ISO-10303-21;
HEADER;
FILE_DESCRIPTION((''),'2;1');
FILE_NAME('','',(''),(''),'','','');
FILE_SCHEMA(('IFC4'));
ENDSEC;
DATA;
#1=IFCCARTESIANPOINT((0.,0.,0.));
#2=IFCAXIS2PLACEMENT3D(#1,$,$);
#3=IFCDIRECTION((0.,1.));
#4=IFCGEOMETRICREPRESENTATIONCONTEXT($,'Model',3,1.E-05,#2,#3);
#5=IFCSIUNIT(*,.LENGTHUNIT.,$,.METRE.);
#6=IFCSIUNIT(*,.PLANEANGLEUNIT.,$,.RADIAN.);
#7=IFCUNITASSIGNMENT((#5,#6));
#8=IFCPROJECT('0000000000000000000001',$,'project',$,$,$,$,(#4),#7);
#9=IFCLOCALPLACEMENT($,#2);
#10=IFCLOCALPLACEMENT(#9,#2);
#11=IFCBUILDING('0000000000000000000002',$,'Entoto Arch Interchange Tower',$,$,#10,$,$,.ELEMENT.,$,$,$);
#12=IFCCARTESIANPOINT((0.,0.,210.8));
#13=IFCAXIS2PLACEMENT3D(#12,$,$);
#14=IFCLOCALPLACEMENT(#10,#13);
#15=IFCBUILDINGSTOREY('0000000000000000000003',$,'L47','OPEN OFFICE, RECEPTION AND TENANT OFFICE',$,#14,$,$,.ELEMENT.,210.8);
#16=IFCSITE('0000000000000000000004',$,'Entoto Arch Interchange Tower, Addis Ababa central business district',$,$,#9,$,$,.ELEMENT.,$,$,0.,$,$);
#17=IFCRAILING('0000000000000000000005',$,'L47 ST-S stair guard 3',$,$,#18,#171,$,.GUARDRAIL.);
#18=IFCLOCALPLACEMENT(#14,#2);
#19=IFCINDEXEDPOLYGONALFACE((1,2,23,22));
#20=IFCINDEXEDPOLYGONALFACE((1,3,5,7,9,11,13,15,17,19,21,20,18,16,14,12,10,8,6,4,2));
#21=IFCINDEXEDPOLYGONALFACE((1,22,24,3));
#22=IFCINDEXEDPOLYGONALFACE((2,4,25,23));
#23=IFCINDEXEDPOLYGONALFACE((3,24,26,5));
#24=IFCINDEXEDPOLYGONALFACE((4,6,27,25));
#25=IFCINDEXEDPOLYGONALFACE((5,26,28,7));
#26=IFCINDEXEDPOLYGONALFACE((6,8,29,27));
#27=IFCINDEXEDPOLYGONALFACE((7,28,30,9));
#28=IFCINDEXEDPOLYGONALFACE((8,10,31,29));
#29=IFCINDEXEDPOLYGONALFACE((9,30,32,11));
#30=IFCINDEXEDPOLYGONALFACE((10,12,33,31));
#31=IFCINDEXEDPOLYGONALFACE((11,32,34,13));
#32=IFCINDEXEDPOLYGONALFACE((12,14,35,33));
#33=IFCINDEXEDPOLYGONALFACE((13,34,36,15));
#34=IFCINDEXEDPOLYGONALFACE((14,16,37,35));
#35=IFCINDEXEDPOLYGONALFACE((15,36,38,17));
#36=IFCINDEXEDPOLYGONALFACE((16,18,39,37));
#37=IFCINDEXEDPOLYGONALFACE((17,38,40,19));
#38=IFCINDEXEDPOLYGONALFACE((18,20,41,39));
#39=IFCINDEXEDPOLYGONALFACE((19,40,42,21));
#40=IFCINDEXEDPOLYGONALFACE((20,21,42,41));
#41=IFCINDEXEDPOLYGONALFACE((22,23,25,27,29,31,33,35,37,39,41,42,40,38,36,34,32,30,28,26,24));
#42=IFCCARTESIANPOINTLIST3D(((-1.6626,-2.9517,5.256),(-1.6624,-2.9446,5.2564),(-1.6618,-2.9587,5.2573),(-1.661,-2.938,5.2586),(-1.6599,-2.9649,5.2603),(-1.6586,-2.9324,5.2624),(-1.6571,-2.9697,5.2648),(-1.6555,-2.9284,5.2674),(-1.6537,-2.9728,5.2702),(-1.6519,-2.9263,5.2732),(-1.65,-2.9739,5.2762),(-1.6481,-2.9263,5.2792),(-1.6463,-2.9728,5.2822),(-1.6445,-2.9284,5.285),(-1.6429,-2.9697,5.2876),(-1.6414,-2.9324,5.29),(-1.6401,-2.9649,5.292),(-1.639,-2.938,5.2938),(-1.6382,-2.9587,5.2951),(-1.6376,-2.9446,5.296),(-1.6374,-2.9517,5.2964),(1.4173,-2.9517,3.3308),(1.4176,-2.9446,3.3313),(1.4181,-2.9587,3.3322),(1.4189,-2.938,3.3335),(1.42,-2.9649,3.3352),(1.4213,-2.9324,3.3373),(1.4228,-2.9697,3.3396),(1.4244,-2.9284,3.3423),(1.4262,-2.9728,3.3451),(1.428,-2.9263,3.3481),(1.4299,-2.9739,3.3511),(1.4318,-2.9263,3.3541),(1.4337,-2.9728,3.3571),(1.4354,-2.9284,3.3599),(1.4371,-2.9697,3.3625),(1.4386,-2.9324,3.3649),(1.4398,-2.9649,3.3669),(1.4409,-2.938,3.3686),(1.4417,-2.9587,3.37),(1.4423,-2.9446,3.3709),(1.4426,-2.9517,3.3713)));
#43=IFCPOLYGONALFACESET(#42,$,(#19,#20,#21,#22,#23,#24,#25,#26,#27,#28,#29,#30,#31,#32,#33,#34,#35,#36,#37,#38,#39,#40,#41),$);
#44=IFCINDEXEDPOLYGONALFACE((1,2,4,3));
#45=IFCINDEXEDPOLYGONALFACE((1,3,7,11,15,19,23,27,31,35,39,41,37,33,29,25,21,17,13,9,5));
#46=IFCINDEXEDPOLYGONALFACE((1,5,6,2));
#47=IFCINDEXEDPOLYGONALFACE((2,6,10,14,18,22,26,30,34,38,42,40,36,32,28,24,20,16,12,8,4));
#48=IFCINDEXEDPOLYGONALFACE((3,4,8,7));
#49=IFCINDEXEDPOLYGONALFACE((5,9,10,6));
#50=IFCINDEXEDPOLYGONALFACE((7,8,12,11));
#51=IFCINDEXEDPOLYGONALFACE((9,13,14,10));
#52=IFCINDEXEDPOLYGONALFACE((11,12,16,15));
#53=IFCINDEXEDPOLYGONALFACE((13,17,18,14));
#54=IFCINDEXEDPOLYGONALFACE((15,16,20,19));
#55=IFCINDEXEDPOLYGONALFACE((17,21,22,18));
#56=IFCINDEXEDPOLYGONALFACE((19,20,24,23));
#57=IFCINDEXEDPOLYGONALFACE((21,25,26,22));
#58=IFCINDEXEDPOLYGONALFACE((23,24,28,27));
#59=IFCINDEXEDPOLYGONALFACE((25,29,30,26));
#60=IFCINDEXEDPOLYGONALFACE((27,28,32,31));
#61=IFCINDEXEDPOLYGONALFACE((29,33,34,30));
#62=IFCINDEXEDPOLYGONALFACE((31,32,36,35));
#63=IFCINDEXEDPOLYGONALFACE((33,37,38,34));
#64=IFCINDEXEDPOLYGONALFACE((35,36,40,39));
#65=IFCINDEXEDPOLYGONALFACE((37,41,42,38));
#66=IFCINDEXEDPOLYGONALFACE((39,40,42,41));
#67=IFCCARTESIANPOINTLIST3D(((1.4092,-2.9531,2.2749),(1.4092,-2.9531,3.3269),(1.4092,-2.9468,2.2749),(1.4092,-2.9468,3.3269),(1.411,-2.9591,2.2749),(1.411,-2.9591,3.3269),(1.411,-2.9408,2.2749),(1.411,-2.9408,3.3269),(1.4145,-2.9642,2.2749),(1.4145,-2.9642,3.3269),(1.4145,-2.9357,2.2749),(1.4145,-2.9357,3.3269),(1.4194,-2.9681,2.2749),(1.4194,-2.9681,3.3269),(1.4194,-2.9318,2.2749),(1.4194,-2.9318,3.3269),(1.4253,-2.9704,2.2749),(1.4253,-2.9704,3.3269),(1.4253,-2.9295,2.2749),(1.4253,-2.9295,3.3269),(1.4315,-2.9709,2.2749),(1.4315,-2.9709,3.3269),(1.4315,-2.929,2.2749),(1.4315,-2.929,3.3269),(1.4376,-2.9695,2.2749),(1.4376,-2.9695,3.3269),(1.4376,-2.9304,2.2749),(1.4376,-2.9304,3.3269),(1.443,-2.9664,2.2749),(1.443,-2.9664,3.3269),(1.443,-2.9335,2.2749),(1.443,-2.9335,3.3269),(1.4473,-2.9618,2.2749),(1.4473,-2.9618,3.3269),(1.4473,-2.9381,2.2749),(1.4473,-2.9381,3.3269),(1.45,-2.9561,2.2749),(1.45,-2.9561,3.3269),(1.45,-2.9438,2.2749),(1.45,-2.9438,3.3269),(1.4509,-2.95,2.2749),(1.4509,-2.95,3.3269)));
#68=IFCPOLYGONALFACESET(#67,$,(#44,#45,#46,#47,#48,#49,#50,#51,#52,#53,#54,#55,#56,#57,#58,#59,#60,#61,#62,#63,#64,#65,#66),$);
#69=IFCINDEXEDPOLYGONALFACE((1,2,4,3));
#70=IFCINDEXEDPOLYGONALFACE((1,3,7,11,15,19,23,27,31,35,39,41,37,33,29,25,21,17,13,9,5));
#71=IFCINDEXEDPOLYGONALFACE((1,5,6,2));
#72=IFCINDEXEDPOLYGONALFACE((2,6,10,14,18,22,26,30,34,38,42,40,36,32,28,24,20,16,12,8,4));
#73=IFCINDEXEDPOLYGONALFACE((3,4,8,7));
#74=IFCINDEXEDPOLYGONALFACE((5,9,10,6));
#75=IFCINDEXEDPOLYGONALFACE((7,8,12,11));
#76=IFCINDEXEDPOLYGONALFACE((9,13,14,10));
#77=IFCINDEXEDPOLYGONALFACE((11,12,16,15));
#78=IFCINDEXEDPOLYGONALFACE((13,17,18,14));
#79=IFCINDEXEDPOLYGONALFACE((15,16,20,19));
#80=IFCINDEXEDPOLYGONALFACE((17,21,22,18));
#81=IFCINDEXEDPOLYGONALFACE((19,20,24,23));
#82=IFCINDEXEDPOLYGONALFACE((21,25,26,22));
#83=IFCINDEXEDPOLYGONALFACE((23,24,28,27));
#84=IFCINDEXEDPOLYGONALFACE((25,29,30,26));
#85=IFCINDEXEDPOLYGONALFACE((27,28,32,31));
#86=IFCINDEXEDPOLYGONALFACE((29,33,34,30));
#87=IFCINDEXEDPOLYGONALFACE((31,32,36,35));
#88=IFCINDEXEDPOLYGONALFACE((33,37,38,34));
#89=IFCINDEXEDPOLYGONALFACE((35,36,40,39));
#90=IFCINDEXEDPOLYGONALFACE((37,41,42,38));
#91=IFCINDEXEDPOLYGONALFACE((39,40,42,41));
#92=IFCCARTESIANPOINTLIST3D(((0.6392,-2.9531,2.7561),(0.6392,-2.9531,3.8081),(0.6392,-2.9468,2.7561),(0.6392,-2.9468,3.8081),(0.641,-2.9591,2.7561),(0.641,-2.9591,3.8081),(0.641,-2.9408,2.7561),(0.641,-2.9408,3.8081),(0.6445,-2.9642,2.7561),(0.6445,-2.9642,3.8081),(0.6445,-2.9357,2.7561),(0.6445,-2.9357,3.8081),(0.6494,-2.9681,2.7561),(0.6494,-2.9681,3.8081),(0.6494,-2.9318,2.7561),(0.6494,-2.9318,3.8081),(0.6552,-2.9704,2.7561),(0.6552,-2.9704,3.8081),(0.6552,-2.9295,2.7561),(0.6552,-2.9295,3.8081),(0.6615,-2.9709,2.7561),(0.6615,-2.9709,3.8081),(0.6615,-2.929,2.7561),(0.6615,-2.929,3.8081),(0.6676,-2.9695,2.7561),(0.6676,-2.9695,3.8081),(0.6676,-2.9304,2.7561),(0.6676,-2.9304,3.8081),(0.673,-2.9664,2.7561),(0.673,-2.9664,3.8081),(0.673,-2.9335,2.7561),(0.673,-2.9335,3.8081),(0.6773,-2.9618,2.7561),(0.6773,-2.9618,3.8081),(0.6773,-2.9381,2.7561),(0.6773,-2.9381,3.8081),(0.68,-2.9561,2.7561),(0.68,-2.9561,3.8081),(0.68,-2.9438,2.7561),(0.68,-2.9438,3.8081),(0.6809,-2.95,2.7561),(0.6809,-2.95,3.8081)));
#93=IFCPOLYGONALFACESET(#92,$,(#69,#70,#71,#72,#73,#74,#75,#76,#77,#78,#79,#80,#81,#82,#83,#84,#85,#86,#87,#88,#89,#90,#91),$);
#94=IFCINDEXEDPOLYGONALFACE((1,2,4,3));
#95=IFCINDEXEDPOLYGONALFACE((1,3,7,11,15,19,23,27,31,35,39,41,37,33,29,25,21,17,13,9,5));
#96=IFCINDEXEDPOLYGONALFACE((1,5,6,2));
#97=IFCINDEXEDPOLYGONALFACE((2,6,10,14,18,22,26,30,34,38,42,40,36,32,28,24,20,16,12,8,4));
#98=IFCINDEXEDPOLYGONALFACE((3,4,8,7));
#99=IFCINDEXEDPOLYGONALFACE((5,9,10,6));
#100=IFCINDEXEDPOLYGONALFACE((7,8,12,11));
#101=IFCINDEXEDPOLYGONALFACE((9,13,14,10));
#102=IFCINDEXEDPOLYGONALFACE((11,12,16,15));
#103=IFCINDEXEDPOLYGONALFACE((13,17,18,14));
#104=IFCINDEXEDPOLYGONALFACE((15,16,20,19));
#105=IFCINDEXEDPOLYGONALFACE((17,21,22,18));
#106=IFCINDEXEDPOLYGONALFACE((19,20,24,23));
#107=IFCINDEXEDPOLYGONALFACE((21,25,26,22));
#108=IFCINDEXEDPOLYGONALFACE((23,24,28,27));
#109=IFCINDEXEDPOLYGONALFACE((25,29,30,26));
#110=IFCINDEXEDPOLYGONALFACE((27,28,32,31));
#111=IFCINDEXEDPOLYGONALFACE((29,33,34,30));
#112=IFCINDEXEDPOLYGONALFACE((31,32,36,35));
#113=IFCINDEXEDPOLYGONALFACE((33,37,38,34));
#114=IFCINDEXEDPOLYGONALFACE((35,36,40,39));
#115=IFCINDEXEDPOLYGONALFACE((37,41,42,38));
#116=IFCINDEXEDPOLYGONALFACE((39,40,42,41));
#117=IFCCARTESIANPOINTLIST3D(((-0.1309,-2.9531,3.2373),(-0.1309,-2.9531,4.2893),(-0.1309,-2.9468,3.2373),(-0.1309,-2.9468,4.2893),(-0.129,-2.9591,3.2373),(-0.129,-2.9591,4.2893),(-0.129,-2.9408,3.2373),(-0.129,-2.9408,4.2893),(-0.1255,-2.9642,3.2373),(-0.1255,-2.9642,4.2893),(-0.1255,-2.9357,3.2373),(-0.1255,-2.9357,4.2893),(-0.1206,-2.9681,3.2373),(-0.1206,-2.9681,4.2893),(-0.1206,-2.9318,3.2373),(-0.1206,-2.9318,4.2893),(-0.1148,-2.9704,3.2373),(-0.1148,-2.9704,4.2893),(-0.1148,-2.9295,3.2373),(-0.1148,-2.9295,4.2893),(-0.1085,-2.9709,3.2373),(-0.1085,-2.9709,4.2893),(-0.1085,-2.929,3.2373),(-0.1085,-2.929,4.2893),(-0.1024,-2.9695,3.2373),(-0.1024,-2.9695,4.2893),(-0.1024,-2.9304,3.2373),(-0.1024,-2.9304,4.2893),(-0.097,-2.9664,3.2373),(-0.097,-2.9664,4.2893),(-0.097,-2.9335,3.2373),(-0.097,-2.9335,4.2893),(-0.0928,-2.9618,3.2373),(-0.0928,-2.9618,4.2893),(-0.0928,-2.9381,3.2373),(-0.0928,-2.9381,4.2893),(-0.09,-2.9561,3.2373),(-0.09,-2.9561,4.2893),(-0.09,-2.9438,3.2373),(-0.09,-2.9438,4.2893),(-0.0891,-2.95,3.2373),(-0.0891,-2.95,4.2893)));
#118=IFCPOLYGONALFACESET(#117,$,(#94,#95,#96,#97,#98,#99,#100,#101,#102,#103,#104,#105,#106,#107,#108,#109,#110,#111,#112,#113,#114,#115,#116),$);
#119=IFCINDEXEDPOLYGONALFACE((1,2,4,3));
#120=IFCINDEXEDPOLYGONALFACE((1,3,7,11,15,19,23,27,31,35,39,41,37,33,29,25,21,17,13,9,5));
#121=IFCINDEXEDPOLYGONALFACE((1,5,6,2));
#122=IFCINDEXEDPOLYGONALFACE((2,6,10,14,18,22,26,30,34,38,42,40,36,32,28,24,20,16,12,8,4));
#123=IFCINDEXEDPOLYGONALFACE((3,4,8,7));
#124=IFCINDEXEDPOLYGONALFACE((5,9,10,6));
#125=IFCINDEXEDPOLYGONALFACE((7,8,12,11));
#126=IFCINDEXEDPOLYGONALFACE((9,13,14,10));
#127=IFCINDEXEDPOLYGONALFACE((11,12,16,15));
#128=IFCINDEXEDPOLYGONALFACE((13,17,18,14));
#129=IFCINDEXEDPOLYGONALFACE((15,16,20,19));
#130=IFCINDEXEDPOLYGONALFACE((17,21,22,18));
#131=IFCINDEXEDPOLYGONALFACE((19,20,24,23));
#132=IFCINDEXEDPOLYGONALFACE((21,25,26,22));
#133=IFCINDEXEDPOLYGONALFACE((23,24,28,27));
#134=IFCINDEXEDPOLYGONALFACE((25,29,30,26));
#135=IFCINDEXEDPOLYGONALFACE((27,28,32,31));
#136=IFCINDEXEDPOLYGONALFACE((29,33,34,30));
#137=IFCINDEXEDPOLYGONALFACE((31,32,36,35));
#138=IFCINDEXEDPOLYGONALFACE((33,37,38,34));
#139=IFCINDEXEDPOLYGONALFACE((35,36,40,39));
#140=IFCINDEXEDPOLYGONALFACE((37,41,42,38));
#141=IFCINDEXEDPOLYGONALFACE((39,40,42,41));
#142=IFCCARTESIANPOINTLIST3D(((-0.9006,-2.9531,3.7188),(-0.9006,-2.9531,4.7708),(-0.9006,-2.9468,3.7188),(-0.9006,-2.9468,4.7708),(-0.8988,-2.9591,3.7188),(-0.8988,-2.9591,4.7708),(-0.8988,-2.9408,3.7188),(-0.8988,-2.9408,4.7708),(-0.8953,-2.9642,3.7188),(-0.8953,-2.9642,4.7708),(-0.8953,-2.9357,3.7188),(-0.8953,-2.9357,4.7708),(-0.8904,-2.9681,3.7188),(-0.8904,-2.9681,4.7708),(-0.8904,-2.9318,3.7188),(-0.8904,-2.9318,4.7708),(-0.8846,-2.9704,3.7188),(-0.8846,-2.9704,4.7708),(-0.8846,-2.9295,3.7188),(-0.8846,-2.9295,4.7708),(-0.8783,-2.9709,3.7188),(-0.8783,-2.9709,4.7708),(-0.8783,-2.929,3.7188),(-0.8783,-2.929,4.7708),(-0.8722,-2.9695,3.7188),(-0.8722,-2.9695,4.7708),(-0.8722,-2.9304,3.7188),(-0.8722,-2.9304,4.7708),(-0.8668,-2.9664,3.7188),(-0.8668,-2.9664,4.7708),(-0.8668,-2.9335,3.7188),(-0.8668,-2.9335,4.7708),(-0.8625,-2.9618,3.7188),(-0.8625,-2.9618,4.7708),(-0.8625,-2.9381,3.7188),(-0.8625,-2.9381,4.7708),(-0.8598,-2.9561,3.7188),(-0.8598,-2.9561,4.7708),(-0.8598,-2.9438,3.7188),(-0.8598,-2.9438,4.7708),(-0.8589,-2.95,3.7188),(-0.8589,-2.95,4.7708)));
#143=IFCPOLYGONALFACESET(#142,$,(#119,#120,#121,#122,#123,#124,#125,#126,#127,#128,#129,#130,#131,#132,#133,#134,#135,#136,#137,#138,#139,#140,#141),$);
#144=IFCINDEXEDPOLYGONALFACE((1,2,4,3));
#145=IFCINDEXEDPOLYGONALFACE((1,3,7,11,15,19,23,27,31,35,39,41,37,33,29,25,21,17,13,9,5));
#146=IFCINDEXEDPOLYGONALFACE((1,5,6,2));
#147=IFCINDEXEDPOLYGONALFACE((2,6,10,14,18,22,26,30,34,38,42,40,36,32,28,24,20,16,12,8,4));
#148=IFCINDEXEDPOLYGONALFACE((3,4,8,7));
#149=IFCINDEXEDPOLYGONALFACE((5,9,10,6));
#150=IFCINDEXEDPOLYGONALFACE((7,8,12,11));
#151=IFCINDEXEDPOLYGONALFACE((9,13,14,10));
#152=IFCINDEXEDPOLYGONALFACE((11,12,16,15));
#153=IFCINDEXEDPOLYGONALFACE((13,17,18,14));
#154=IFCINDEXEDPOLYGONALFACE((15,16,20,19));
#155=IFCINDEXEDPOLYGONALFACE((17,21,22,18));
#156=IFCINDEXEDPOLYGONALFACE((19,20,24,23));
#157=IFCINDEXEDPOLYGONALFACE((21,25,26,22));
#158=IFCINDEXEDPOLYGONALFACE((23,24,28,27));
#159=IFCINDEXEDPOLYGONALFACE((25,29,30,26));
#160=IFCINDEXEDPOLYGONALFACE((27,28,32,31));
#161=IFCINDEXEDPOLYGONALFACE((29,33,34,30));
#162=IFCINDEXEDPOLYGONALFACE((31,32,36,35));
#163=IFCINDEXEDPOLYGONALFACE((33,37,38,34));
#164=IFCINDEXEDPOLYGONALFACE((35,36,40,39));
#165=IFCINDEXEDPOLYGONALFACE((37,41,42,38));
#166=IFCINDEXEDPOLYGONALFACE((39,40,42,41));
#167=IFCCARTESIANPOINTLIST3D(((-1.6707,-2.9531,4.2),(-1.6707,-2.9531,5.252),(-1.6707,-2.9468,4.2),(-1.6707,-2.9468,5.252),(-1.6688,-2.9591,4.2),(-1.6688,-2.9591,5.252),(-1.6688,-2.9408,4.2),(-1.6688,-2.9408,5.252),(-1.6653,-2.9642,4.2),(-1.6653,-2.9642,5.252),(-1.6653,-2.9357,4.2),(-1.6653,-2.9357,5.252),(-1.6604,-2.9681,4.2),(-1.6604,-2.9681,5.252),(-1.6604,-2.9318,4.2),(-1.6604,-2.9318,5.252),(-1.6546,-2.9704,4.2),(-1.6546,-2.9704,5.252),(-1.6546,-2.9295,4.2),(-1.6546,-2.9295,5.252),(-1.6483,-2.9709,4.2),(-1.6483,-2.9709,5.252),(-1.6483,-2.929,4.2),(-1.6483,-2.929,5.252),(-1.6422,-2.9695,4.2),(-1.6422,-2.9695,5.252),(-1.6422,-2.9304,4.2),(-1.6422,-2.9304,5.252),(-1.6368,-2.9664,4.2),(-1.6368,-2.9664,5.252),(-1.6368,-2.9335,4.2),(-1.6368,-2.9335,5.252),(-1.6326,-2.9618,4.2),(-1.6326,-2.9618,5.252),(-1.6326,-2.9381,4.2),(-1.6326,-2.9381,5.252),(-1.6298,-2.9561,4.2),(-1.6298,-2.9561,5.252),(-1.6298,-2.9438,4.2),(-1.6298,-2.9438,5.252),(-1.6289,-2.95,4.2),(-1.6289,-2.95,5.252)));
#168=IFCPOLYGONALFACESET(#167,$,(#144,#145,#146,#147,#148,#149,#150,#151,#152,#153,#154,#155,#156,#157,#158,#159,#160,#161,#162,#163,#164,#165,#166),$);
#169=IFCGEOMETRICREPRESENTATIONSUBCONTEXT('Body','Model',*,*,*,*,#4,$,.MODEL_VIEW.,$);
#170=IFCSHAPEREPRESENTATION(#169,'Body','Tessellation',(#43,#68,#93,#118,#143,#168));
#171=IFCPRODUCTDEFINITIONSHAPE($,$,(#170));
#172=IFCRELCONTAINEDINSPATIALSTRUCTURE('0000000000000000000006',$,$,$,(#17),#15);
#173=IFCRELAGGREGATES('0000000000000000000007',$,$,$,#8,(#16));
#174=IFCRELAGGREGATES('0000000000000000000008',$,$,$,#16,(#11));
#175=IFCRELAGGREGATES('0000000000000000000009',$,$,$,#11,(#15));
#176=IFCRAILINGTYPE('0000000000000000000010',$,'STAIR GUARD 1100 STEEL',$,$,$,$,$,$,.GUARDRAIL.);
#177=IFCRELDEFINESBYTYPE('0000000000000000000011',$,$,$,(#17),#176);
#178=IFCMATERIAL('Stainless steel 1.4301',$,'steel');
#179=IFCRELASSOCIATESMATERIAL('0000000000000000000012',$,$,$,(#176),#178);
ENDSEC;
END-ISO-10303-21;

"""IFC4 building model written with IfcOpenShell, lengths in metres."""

from ifc_helpers import new_model, si_unit, direction, frame, origin, origin_2d, place, context, subcontext, project, spatial, circle, extrude, material, type_object, element, save


model = new_model("IFC4")

# Units and contexts
model_context = context("Model", 3, precision=1e-05, world=origin(), true_north=direction((0.0, 1.0)))
body_context = subcontext(model_context, "Body", "Model", "MODEL_VIEW")
ifc_project = project(units=[si_unit("LENGTHUNIT", "METRE"), si_unit("PLANEANGLEUNIT", "RADIAN")], contexts=[model_context])

# Site, building, storey
site_placement = place(None, origin())
site = spatial("IfcSite", under=ifc_project, at=site_placement, Name="Entoto Arch Interchange Tower, Addis Ababa central business district", CompositionType="ELEMENT", RefElevation=0.0)
building_placement = place(site_placement, origin())
building = spatial("IfcBuilding", under=site, at=building_placement, Name="Entoto Arch Interchange Tower", CompositionType="ELEMENT")
storey_placement = place(building_placement, frame((0.0, 0.0, 210.8)))
storey = spatial("IfcBuildingStorey", under=building, at=storey_placement, Name="L47", Description="OPEN OFFICE, RECEPTION AND TENANT OFFICE", CompositionType="ELEMENT", Elevation=210.8)

# Railing
ifc_material_1 = material(Name="Stainless steel 1.4301", Category="steel")
railing_type_1 = type_object("IfcRailingType", Name="STAIR GUARD 1100 STEEL", PredefinedType="GUARDRAIL", material=ifc_material_1)
railing_1_placement = place(storey_placement, frame((1.4299, -2.95, 2.2749)))
element("IfcRailing", 1, at=railing_1_placement, inside=storey, type_object=railing_type_1, Name="L47 ST-S stair guard 3", PredefinedType="GUARDRAIL", context=body_context, shape_type="SweptSolid", body=[
    extrude(circle(Radius=0.0239, at=origin_2d()), frame((0.0, 0.0, 1.0762), z_axis=(-0.847979, 0.0, 0.530029), x_axis=(0.0, -1.0, 0.0)), (0.0, 0.0, 1.0), 3.6321),
    extrude(circle(Radius=0.021, at=origin_2d()), origin(), (0.0, 0.0, 1.0), 1.052),
    extrude(circle(Radius=0.021, at=origin_2d()), frame((-0.77, 0.0, 0.4812)), (0.0, 0.0, 1.0), 1.052),
    extrude(circle(Radius=0.021, at=origin_2d()), frame((-1.54, 0.0, 0.9624)), (0.0, 0.0, 1.0), 1.052),
    extrude(circle(Radius=0.021, at=origin_2d()), frame((-2.3098, 0.0, 1.4438)), (0.0, 0.0, 1.0), 1.052),
    extrude(circle(Radius=0.021, at=origin_2d()), frame((-3.0798, 0.0, 1.925)), (0.0, 0.0, 1.0), 1.052),
])

save(model, "model.ifc")
